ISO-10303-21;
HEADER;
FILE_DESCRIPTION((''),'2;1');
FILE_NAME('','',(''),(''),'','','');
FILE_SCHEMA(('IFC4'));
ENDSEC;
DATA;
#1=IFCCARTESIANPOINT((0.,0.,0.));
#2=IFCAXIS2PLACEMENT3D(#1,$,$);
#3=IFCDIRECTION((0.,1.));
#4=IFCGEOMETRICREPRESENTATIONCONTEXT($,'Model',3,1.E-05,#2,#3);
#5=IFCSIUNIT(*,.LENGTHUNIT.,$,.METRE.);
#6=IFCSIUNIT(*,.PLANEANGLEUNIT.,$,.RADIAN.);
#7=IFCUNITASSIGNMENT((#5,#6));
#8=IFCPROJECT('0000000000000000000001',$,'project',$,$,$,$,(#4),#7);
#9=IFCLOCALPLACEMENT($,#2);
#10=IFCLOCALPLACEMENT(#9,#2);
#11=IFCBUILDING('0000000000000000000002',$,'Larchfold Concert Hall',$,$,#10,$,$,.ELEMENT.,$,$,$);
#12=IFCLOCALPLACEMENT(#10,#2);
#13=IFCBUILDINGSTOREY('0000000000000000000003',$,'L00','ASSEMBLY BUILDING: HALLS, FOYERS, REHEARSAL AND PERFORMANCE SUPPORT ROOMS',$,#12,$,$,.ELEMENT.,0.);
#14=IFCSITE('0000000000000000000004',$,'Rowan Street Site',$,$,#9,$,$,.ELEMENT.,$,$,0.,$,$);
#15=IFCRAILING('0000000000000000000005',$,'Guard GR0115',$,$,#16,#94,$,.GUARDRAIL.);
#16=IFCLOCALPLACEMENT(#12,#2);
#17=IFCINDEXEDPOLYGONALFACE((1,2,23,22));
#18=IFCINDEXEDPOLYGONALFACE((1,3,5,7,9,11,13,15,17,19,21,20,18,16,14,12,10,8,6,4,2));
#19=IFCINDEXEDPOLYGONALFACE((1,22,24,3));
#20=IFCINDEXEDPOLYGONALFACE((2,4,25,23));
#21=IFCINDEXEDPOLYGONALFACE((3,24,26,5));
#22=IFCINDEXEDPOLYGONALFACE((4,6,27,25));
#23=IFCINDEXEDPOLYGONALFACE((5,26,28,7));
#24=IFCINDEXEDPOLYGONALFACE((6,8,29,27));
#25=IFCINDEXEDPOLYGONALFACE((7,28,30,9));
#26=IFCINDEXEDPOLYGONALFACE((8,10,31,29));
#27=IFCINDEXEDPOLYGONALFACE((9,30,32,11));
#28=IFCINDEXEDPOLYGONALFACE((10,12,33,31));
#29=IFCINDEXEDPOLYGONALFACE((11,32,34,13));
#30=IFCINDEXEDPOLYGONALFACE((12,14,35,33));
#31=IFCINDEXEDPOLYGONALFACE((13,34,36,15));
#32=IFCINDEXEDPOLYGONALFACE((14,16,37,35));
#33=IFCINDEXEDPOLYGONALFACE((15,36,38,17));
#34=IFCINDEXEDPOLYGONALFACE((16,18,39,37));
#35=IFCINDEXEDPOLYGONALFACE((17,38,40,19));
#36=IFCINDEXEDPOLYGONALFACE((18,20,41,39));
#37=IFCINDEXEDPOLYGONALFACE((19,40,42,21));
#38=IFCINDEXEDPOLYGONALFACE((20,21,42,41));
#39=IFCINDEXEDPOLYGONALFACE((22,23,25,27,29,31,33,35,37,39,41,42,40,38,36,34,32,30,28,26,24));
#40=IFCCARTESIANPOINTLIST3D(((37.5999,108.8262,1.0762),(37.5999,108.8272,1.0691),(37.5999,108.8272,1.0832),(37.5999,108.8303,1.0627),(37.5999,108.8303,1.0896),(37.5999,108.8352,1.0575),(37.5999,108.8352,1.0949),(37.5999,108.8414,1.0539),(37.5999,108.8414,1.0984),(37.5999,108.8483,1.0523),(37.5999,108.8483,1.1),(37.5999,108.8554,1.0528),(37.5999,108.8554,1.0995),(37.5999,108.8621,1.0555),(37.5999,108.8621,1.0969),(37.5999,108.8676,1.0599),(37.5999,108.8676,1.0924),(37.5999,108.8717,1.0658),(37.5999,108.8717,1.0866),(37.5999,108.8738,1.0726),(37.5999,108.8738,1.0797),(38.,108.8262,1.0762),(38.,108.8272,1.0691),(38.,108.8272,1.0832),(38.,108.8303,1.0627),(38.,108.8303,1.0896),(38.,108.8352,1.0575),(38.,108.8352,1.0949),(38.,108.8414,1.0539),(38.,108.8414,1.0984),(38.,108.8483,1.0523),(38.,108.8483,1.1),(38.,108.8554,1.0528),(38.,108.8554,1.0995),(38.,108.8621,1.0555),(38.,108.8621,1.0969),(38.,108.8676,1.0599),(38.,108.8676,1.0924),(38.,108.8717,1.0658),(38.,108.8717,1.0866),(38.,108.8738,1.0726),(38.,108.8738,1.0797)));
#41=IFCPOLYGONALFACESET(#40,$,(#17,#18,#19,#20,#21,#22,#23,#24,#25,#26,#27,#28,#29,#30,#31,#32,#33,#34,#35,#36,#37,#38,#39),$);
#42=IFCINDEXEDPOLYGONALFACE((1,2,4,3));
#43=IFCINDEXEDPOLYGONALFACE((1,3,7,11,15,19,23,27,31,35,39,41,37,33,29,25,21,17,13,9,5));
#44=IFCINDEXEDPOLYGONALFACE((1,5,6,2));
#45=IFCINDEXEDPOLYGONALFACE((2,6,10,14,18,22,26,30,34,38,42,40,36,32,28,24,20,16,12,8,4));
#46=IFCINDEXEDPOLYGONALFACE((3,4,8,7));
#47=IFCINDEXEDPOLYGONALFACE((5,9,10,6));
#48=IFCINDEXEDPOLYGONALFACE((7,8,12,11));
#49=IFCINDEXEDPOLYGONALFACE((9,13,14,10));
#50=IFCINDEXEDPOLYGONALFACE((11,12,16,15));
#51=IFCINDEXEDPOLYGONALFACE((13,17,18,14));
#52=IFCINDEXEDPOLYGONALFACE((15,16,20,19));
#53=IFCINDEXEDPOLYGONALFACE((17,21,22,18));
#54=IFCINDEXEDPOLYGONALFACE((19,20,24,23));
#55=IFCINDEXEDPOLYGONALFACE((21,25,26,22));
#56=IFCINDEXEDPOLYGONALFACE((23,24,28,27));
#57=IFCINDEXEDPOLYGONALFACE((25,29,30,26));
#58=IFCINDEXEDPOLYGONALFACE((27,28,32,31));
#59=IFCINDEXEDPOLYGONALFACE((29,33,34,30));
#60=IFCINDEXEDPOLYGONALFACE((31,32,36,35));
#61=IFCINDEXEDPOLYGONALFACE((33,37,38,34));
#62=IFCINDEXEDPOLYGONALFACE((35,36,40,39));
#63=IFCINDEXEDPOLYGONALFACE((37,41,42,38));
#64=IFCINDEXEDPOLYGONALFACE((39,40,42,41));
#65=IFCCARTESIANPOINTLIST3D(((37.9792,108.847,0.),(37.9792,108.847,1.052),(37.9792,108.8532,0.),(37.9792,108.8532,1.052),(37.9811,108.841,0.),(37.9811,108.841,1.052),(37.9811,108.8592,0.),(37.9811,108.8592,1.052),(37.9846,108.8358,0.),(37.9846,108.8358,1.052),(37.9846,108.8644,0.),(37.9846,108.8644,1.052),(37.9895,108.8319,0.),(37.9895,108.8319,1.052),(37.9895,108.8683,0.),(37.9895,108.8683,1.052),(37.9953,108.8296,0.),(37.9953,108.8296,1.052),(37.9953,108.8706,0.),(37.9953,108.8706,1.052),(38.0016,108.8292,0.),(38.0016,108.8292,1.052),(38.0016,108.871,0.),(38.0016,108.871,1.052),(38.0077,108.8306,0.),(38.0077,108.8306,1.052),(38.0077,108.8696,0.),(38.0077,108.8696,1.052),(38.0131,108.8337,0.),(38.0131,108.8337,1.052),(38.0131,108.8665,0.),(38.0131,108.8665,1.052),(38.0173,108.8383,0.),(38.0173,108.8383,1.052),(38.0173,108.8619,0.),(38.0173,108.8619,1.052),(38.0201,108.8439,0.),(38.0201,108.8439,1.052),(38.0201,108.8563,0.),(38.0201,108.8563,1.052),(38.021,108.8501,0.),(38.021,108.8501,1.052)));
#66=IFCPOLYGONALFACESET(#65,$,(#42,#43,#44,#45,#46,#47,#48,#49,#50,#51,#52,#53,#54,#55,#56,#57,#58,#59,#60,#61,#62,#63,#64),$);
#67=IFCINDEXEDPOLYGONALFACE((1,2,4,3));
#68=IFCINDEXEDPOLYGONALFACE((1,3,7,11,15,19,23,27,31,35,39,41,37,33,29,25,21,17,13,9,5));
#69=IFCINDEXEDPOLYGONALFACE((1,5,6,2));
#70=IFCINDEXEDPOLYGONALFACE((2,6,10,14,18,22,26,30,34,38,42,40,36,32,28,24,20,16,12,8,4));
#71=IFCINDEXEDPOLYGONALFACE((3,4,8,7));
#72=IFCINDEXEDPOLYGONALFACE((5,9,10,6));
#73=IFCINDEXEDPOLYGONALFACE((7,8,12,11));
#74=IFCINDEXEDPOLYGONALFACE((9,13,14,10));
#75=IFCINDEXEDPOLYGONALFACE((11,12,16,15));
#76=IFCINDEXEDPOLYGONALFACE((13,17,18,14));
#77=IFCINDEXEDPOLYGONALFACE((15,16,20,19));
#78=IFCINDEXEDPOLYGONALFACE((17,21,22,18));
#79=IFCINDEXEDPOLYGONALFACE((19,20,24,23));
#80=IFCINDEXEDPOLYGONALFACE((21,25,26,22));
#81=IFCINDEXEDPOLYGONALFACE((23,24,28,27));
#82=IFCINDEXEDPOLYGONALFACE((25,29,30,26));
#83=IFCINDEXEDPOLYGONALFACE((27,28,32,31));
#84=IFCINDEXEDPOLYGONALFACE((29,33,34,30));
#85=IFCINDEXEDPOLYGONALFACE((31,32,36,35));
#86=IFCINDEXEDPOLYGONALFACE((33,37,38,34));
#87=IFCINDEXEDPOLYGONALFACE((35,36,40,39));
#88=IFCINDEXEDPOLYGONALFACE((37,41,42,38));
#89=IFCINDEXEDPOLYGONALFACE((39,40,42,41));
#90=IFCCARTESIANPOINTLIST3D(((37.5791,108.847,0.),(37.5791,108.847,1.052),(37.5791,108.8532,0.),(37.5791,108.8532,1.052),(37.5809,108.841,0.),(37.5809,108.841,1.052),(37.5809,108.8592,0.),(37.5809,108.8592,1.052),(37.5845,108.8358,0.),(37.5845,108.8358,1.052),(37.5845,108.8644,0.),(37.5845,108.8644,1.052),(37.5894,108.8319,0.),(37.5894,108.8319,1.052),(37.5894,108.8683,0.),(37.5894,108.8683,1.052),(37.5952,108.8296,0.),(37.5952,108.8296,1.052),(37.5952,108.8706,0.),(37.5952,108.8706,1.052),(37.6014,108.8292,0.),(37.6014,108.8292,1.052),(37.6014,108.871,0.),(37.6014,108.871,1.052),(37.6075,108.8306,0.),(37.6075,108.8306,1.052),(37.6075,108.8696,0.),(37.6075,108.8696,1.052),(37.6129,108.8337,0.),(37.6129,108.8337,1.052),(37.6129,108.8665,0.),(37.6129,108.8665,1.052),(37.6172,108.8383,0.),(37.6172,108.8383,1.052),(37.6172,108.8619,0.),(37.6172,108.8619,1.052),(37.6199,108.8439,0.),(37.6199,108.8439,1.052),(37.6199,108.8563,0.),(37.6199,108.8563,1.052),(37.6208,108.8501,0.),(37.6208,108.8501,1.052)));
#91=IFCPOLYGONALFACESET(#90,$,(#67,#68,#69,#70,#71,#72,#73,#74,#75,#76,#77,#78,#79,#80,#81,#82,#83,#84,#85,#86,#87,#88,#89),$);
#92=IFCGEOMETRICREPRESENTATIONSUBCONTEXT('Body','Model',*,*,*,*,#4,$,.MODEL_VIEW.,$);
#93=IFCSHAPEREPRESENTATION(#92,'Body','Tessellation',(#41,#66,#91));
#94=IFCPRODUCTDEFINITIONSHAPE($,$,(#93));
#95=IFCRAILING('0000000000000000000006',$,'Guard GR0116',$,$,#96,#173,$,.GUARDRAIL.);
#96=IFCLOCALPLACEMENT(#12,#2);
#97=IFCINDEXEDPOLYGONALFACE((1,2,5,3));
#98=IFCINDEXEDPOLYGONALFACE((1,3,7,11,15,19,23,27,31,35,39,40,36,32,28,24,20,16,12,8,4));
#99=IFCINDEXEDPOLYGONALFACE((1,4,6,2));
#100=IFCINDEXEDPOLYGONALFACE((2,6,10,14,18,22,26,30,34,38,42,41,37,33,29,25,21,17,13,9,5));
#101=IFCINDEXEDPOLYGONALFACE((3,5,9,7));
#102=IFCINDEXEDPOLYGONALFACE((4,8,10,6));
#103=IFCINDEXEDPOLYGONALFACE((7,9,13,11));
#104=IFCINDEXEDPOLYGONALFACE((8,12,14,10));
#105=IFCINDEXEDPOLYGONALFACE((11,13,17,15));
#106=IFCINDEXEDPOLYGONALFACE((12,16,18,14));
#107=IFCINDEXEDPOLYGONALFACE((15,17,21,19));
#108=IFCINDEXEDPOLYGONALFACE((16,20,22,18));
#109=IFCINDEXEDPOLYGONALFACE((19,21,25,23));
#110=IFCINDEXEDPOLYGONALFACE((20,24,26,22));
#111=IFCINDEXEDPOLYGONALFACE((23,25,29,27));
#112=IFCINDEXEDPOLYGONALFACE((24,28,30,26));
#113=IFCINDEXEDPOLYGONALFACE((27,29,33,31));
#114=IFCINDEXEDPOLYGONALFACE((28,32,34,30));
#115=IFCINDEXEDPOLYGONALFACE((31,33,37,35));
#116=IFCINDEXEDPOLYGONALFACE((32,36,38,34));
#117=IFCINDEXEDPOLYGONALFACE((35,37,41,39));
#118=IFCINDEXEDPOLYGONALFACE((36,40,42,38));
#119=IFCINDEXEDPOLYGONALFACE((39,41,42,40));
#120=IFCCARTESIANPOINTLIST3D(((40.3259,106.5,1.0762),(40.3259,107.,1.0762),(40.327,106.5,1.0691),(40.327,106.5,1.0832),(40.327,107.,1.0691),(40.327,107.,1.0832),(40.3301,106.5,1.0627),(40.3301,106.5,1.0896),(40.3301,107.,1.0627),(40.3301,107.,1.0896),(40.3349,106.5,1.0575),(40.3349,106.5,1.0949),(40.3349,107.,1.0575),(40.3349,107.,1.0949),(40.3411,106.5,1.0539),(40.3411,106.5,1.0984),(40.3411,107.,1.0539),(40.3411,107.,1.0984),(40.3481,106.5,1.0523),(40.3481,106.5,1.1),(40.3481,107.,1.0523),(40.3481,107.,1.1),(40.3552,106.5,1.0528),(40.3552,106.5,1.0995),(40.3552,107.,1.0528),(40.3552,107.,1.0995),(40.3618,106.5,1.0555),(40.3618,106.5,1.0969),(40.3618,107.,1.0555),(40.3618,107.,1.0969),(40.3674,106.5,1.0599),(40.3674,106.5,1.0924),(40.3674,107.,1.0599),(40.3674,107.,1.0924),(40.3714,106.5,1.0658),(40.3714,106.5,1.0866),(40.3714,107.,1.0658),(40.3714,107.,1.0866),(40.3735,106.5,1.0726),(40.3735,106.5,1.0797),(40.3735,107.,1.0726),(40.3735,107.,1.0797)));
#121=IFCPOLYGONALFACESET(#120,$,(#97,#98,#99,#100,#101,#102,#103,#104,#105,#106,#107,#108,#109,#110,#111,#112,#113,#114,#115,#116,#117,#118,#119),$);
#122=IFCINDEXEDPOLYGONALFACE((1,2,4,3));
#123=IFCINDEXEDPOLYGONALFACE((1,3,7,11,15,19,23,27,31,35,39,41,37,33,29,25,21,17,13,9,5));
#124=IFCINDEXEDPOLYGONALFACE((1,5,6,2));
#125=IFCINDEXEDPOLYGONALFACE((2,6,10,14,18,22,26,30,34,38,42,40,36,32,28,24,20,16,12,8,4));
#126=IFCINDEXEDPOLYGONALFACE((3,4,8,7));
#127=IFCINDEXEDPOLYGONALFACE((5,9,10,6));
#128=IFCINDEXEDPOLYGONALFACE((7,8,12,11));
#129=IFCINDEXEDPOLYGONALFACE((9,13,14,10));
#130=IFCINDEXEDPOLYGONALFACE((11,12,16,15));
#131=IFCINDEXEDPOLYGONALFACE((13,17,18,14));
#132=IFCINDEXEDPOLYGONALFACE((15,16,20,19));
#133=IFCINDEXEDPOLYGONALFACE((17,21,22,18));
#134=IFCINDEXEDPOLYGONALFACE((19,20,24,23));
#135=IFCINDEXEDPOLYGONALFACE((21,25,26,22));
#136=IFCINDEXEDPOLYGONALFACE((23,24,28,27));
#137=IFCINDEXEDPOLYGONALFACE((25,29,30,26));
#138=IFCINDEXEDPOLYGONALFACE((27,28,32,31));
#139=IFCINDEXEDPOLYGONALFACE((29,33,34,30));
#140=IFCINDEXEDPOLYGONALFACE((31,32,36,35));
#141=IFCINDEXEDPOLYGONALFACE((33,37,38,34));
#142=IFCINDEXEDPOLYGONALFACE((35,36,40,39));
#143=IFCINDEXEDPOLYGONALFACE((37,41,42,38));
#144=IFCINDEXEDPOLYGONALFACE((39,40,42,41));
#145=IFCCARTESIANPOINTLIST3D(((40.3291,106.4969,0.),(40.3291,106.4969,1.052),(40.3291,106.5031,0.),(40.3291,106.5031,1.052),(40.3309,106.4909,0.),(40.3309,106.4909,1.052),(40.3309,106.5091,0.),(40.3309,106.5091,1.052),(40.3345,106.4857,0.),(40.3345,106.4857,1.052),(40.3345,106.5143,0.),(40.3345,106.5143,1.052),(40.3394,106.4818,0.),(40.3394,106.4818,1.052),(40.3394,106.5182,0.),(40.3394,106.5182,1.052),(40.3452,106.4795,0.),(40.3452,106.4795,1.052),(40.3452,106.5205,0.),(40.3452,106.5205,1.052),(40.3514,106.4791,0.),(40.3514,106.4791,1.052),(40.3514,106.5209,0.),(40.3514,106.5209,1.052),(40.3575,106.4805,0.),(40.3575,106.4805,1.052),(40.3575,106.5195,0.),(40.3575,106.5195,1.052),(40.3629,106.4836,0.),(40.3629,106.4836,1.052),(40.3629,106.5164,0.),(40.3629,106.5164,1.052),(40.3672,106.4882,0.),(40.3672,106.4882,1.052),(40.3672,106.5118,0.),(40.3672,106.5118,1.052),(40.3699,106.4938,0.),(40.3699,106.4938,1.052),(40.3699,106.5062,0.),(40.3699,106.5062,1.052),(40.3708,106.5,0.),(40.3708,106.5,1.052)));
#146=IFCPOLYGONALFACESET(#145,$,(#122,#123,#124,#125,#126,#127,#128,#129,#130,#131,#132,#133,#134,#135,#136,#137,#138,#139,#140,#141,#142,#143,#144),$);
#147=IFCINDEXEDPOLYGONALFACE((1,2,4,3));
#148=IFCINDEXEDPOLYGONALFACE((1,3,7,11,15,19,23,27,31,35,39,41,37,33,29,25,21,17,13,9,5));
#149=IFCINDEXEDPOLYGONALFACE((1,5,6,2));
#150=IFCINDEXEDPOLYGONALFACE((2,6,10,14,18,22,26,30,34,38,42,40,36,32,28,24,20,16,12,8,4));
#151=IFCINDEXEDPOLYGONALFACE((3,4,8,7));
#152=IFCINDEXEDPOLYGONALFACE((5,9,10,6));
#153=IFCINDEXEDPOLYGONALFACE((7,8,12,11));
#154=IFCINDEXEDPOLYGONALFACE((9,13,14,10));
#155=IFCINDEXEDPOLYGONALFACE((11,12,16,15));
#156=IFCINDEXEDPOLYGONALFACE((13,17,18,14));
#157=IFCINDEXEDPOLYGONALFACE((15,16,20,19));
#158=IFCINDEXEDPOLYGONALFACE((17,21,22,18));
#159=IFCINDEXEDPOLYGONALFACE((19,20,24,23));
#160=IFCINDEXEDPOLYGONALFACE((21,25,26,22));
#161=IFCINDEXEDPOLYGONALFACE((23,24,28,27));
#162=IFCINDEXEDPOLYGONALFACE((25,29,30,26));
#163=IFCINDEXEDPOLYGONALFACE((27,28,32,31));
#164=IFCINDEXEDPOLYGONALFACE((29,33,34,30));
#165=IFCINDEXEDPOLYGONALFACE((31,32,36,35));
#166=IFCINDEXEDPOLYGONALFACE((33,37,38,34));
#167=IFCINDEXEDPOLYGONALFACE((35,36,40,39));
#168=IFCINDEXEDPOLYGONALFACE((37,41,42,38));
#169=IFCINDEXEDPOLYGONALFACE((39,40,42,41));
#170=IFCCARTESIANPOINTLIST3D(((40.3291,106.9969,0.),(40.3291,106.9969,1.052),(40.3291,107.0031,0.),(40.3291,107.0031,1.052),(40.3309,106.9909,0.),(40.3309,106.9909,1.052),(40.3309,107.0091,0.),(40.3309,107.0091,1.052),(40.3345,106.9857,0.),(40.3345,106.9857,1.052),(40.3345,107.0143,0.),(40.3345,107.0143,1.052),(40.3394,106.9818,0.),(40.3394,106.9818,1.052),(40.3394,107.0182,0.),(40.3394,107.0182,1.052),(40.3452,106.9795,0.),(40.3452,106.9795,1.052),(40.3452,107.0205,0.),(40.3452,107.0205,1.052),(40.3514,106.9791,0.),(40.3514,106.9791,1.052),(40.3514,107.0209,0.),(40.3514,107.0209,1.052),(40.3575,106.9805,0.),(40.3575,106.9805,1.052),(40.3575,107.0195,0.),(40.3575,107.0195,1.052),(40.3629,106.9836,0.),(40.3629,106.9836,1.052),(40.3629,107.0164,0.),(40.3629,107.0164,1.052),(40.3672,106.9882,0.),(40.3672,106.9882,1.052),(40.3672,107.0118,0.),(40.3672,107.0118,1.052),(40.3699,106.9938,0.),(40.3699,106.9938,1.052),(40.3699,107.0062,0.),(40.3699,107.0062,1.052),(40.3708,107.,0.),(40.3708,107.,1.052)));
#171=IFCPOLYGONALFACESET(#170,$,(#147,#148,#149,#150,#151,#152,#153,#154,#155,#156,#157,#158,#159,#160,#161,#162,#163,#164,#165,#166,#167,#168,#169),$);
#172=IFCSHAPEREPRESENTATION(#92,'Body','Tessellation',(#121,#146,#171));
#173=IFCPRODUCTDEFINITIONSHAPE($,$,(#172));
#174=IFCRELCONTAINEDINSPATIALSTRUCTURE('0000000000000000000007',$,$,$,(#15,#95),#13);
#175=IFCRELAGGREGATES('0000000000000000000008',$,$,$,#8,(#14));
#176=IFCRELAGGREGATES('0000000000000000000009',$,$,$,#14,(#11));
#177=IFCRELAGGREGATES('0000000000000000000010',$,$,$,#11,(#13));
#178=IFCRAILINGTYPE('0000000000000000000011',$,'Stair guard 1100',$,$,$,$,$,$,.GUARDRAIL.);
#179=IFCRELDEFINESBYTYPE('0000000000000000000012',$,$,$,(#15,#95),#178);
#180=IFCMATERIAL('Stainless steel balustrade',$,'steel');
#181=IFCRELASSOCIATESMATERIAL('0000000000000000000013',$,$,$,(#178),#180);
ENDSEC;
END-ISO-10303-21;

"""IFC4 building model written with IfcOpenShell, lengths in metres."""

from ifc_helpers import new_model, si_unit, direction, frame, origin, origin_2d, place, context, subcontext, project, spatial, circle, extrude, material, type_object, element, save


model = new_model("IFC4")

# Units and contexts
model_context = context("Model", 3, precision=1e-05, world=origin(), true_north=direction((0.0, 1.0)))
body_context = subcontext(model_context, "Body", "Model", "MODEL_VIEW")
ifc_project = project(units=[si_unit("LENGTHUNIT", "METRE"), si_unit("PLANEANGLEUNIT", "RADIAN")], contexts=[model_context])

# Site, building, storey
site_placement = place(None, origin())
site = spatial("IfcSite", under=ifc_project, at=site_placement, Name="Rowan Street Site", CompositionType="ELEMENT", RefElevation=0.0)
building_placement = place(site_placement, origin())
building = spatial("IfcBuilding", under=site, at=building_placement, Name="Larchfold Concert Hall", CompositionType="ELEMENT")
storey_placement = place(building_placement, origin())
storey = spatial("IfcBuildingStorey", under=building, at=storey_placement, Name="L00", Description="ASSEMBLY BUILDING: HALLS, FOYERS, REHEARSAL AND PERFORMANCE SUPPORT ROOMS", CompositionType="ELEMENT", Elevation=0.0)

# Railings
ifc_material_1 = material(Name="Stainless steel balustrade", Category="steel")
railing_type_1 = type_object("IfcRailingType", Name="Stair guard 1100", PredefinedType="GUARDRAIL", material=ifc_material_1)
railing_1_placement = place(storey_placement, frame((38.0, 108.8501, 0.0)))
element("IfcRailing", 1, at=railing_1_placement, inside=storey, type_object=railing_type_1, Name="Guard GR0115", PredefinedType="GUARDRAIL", context=body_context, shape_type="SweptSolid", body=[
    extrude(circle(Radius=0.0239, at=origin_2d()), frame((0.0, 0.0, 1.0762), z_axis=(-1.0, 0.0, 0.0), x_axis=(0.0, -1.0, 0.0)), (0.0, 0.0, 1.0), 0.4001),
    extrude(circle(Radius=0.021, at=origin_2d()), origin(), (0.0, 0.0, 1.0), 1.052),
    extrude(circle(Radius=0.021, at=origin_2d()), frame((-0.4001, 0.0, 0.0)), (0.0, 0.0, 1.0), 1.052),
])
railing_2_placement = place(storey_placement, frame((40.3499, 106.5, 0.0)))
element("IfcRailing", 2, at=railing_2_placement, inside=storey, type_object=railing_type_1, Name="Guard GR0116", PredefinedType="GUARDRAIL", context=body_context, shape_type="SweptSolid", body=[
    extrude(circle(Radius=0.0239, at=origin_2d()), frame((0.0, 0.0, 1.0762), z_axis=(0.0, 1.0, 0.0), x_axis=(-1.0, 0.0, 0.0)), (0.0, 0.0, 1.0), 0.5),
    extrude(circle(Radius=0.021, at=origin_2d()), origin(), (0.0, 0.0, 1.0), 1.052),
    extrude(circle(Radius=0.021, at=origin_2d()), frame((0.0, 0.5, 0.0)), (0.0, 0.0, 1.0), 1.052),
])

save(model, "model.ifc")
